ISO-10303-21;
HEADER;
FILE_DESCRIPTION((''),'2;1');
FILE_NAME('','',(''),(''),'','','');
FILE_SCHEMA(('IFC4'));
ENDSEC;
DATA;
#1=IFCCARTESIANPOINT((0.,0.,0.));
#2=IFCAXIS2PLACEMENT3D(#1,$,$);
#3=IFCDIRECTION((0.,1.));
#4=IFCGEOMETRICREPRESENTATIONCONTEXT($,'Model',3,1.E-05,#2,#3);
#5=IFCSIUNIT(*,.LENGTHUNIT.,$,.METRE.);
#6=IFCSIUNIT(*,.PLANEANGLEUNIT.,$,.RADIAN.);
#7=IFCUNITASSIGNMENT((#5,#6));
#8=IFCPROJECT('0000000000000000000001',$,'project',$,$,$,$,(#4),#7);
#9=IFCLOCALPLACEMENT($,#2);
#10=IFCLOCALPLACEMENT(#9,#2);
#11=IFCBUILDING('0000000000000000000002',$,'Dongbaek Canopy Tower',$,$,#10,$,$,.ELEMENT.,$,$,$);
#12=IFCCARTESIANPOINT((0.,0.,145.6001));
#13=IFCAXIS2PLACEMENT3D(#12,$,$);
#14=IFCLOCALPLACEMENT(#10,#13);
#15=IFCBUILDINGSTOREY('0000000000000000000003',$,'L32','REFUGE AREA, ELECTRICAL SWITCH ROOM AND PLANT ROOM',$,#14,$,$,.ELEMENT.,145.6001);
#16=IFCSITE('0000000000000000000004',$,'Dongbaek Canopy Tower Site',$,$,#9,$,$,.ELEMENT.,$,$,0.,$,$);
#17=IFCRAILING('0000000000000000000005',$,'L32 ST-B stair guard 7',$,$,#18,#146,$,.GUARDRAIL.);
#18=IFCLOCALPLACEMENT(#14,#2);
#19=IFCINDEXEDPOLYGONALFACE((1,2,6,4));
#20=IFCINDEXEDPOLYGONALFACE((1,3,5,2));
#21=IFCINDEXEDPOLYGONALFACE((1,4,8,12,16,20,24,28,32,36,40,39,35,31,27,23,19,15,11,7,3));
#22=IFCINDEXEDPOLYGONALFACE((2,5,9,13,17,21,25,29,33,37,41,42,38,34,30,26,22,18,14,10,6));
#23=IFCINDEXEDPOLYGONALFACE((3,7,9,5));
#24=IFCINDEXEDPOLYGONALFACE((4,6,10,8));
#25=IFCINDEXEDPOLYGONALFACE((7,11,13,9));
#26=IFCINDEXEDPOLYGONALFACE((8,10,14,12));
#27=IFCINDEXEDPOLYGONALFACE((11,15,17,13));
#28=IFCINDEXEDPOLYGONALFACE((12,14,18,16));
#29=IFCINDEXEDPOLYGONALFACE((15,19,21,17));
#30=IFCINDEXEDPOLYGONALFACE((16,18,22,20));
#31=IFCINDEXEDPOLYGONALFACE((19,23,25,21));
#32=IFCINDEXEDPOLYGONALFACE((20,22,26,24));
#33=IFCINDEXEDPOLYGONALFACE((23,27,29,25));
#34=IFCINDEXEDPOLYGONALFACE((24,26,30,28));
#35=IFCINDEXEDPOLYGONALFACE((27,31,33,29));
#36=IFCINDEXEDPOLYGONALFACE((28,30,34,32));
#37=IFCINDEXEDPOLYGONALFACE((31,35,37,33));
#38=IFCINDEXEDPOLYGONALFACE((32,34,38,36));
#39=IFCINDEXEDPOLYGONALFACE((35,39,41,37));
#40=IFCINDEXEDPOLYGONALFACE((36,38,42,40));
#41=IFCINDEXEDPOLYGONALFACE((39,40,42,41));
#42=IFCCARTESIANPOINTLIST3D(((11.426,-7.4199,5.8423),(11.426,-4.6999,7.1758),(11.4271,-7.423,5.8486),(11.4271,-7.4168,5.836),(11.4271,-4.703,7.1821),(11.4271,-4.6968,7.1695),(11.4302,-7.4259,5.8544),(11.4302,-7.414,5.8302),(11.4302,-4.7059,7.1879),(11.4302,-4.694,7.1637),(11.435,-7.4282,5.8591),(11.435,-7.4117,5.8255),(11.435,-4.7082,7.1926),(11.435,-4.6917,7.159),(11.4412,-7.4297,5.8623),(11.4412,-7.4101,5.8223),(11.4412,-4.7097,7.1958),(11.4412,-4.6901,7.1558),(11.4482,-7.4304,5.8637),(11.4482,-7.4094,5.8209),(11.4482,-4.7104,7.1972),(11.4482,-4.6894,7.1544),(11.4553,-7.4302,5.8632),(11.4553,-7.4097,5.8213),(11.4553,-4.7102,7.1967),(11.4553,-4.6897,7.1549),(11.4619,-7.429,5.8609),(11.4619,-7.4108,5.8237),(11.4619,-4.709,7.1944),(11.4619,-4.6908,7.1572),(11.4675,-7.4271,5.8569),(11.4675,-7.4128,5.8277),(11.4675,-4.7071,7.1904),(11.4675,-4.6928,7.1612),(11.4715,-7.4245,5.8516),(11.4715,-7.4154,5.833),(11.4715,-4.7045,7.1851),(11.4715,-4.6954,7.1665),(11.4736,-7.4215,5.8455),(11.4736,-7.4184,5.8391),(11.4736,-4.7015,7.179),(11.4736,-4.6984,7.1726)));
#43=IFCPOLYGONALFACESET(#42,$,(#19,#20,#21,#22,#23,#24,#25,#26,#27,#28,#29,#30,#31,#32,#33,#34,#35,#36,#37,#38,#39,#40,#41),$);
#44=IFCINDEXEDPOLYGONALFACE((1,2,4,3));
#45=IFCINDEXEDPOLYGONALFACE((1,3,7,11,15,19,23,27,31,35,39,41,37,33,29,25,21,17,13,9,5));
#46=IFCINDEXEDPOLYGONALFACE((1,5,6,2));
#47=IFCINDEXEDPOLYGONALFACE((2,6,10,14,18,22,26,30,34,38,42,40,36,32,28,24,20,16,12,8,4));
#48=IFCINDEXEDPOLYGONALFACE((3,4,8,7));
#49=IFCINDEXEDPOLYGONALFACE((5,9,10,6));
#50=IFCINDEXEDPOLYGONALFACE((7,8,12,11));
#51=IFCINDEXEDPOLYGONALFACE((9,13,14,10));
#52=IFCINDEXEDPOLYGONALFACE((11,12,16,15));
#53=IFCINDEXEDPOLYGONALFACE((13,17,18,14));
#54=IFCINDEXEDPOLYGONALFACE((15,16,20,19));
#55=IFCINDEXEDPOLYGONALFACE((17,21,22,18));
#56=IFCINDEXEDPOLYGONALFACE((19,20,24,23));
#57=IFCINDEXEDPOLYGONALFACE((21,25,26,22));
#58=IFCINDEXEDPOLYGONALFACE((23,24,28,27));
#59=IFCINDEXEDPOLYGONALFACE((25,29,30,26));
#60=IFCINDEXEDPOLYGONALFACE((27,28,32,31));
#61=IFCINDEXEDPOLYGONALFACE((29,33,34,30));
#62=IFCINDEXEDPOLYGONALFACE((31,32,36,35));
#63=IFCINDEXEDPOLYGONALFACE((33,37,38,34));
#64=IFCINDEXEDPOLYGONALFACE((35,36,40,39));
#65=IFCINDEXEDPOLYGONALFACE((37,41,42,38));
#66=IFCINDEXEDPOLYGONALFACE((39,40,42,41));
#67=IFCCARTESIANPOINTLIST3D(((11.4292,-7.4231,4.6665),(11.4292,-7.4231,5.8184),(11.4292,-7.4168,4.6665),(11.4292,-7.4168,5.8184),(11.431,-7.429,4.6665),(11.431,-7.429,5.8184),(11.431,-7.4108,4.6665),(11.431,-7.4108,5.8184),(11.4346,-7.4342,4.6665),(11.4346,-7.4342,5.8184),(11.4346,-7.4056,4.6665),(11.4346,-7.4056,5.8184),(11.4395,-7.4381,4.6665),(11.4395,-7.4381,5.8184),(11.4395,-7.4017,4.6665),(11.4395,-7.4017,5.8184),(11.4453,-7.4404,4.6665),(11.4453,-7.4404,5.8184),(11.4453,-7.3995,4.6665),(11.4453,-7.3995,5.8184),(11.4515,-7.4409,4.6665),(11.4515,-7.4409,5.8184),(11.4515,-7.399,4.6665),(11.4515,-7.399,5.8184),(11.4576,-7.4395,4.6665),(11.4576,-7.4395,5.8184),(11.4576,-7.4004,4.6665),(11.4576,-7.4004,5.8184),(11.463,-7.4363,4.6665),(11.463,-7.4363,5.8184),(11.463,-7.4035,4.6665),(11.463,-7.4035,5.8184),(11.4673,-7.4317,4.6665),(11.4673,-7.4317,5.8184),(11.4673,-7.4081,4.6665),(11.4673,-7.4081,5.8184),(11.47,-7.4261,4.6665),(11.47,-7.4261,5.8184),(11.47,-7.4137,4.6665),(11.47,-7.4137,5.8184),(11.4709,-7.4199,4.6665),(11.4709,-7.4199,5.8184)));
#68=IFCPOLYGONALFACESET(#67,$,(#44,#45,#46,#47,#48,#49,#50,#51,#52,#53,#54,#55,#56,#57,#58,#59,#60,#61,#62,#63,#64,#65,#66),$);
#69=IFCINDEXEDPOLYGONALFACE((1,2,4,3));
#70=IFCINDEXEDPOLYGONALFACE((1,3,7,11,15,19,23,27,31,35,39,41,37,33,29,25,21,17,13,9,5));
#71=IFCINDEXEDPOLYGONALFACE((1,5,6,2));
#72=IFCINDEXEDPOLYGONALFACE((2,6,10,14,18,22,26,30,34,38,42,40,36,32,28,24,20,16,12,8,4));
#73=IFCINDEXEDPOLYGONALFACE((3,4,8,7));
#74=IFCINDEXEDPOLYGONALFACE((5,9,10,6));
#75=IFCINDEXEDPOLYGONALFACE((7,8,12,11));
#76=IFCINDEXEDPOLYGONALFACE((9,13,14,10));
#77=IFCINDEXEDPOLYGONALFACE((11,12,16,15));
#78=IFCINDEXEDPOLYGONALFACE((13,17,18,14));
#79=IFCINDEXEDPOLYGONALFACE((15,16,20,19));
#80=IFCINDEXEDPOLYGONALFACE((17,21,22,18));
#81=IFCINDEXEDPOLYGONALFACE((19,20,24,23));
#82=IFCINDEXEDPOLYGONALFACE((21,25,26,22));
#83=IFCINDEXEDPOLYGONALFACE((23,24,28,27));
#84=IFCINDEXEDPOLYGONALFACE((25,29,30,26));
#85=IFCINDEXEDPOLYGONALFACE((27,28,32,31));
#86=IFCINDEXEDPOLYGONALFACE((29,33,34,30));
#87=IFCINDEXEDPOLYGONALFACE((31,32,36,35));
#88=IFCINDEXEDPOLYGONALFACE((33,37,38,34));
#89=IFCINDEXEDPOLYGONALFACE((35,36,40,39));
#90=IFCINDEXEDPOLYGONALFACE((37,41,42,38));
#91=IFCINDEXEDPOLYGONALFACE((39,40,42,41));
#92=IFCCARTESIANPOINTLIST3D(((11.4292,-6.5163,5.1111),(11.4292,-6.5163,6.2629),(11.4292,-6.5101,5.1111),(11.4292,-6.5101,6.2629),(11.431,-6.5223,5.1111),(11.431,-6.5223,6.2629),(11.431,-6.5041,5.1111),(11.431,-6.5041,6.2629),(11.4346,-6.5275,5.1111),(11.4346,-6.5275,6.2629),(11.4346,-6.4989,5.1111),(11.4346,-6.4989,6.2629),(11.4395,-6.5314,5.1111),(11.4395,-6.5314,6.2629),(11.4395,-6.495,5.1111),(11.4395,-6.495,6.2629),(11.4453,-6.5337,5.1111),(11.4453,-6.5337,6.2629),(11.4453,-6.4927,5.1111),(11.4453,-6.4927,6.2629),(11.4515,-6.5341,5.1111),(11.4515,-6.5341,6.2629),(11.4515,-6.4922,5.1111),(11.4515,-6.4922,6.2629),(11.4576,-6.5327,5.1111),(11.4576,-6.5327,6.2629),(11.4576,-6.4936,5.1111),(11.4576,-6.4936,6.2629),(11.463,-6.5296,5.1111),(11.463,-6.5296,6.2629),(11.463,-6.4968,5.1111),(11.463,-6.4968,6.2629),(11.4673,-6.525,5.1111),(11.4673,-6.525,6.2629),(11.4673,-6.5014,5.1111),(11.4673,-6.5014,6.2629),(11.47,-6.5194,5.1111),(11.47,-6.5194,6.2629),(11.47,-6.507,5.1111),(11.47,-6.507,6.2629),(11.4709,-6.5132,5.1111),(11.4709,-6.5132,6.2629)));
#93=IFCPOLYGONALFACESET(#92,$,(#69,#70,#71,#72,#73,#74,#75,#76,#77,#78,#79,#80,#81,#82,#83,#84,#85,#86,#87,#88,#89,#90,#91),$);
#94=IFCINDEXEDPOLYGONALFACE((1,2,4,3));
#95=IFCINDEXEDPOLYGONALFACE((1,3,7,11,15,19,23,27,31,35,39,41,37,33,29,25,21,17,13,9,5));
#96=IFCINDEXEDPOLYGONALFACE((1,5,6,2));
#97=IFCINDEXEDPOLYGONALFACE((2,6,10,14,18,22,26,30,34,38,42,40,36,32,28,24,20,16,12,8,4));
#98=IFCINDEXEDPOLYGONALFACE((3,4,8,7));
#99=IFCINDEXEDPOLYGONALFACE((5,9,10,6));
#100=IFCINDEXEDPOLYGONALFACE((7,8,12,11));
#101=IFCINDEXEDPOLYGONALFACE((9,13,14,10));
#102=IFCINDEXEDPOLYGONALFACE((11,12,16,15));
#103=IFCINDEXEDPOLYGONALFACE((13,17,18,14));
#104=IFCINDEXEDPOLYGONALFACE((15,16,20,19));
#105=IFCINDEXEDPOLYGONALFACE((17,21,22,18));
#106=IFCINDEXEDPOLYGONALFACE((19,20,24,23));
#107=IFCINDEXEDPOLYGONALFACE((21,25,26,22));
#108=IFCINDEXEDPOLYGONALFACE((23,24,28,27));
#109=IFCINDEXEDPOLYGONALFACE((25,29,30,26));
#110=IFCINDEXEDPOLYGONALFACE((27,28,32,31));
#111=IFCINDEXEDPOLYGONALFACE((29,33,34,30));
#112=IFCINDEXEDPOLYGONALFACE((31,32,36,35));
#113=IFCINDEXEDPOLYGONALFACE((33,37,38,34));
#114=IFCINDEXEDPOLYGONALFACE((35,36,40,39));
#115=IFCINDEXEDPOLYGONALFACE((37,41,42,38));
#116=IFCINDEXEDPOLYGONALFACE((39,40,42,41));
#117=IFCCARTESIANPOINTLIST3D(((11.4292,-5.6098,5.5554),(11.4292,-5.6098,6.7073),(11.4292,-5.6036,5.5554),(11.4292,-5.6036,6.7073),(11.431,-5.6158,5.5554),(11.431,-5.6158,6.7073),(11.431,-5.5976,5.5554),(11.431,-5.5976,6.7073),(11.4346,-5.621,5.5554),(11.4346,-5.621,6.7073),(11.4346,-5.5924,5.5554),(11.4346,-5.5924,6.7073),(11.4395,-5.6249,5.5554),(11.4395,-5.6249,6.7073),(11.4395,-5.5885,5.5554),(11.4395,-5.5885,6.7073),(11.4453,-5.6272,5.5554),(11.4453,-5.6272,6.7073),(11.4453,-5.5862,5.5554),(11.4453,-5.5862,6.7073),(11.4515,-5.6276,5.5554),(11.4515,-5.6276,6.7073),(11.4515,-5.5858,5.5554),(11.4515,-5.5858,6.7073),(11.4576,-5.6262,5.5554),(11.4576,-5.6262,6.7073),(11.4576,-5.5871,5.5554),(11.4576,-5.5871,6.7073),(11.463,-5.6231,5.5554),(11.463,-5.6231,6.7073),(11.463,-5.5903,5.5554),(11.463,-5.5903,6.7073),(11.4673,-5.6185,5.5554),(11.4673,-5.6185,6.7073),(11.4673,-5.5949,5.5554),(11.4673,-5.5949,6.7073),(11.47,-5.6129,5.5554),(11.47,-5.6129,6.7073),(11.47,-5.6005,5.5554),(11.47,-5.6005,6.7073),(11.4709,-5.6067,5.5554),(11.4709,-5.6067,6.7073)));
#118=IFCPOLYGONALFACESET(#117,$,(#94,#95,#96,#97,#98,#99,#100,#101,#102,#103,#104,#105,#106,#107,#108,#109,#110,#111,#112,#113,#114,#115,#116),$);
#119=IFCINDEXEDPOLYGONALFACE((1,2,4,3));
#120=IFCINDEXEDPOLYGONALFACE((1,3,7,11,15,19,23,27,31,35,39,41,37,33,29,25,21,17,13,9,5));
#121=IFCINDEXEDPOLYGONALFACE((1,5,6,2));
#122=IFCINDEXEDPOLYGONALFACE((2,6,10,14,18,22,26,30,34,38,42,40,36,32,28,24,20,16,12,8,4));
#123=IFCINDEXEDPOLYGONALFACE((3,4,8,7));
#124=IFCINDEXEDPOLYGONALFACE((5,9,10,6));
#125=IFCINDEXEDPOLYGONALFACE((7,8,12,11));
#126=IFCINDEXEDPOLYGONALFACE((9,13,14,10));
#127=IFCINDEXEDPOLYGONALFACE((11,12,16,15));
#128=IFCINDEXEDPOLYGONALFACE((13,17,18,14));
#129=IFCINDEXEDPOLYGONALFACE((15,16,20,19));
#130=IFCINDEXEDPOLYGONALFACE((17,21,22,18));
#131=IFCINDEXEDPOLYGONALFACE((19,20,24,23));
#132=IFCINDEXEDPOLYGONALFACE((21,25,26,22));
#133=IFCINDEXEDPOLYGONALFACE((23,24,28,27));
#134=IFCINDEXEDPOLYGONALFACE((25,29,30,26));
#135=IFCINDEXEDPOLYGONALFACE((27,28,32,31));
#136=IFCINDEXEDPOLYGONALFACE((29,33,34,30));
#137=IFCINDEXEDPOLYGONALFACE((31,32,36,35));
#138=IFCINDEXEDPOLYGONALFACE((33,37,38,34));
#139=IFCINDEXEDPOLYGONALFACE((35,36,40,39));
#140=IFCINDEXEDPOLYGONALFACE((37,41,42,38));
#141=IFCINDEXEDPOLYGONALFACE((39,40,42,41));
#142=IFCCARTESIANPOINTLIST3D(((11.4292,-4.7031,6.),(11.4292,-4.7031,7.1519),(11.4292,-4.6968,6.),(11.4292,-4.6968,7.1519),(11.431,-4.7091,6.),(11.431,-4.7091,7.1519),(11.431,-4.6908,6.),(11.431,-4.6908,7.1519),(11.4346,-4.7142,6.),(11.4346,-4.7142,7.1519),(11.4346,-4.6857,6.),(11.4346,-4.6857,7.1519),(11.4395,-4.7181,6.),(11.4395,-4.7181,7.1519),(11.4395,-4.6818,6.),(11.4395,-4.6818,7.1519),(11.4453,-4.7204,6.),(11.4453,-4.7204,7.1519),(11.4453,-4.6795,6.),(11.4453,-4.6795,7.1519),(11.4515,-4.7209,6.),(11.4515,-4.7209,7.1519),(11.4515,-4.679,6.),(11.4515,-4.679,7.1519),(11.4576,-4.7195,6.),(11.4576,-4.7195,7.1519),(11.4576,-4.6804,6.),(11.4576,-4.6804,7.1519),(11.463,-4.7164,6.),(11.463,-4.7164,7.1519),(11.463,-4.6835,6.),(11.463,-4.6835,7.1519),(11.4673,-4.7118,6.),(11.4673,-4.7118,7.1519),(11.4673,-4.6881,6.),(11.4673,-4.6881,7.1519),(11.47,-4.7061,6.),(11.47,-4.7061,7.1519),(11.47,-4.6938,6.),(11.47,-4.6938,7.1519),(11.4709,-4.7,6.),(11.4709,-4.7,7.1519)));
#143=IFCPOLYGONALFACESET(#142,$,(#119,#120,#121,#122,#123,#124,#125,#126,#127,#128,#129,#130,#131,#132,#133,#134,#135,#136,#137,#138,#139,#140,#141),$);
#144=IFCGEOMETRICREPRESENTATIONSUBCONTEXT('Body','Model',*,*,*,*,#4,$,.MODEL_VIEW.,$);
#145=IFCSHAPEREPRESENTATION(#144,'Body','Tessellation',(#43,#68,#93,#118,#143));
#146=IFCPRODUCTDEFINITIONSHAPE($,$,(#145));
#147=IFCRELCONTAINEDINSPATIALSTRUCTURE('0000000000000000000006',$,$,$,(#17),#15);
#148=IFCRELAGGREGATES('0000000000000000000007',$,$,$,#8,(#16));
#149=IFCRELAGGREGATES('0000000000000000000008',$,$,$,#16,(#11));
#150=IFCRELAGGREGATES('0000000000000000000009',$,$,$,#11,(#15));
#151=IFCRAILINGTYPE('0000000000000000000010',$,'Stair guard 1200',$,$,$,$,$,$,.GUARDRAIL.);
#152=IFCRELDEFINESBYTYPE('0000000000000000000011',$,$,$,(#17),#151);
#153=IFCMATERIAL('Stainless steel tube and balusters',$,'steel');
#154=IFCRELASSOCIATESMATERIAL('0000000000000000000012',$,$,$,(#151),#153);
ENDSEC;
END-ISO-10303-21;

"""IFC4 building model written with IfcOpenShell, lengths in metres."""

from ifc_helpers import new_model, si_unit, direction, frame, origin, origin_2d, place, context, subcontext, project, spatial, circle, extrude, material, type_object, element, save


model = new_model("IFC4")

# Units and contexts
model_context = context("Model", 3, precision=1e-05, world=origin(), true_north=direction((0.0, 1.0)))
body_context = subcontext(model_context, "Body", "Model", "MODEL_VIEW")
ifc_project = project(units=[si_unit("LENGTHUNIT", "METRE"), si_unit("PLANEANGLEUNIT", "RADIAN")], contexts=[model_context])

# Site, building, storey
site_placement = place(None, origin())
site = spatial("IfcSite", under=ifc_project, at=site_placement, Name="Dongbaek Canopy Tower Site", CompositionType="ELEMENT", RefElevation=0.0)
building_placement = place(site_placement, origin())
building = spatial("IfcBuilding", under=site, at=building_placement, Name="Dongbaek Canopy Tower", CompositionType="ELEMENT")
storey_placement = place(building_placement, frame((0.0, 0.0, 145.6001)))
storey = spatial("IfcBuildingStorey", under=building, at=storey_placement, Name="L32", Description="REFUGE AREA, ELECTRICAL SWITCH ROOM AND PLANT ROOM", CompositionType="ELEMENT", Elevation=145.6001)

# Railing
ifc_material_1 = material(Name="Stainless steel tube and balusters", Category="steel")
railing_type_1 = type_object("IfcRailingType", Name="Stair guard 1200", PredefinedType="GUARDRAIL", material=ifc_material_1)
railing_1_placement = place(storey_placement, frame((11.45, -7.4199, 4.6665)))
element("IfcRailing", 1, at=railing_1_placement, inside=storey, type_object=railing_type_1, Name="L32 ST-B stair guard 7", PredefinedType="GUARDRAIL", context=body_context, shape_type="SweptSolid", body=[
    extrude(circle(Radius=0.0239, at=origin_2d()), frame((0.0, 0.0, 1.1758), z_axis=(0.0, 0.897898, 0.440204), x_axis=(-1.0, 0.0, 0.0)), (0.0, 0.0, 1.0), 3.0293),
    extrude(circle(Radius=0.021, at=origin_2d()), origin(), (0.0, 0.0, 1.0), 1.1519),
    extrude(circle(Radius=0.021, at=origin_2d()), frame((0.0, 0.9067, 0.4446)), (0.0, 0.0, 1.0), 1.1519),
    extrude(circle(Radius=0.021, at=origin_2d()), frame((0.0, 1.8132, 0.8889)), (0.0, 0.0, 1.0), 1.1519),
    extrude(circle(Radius=0.021, at=origin_2d()), frame((0.0, 2.72, 1.3335)), (0.0, 0.0, 1.0), 1.1519),
])

save(model, "model.ifc")
